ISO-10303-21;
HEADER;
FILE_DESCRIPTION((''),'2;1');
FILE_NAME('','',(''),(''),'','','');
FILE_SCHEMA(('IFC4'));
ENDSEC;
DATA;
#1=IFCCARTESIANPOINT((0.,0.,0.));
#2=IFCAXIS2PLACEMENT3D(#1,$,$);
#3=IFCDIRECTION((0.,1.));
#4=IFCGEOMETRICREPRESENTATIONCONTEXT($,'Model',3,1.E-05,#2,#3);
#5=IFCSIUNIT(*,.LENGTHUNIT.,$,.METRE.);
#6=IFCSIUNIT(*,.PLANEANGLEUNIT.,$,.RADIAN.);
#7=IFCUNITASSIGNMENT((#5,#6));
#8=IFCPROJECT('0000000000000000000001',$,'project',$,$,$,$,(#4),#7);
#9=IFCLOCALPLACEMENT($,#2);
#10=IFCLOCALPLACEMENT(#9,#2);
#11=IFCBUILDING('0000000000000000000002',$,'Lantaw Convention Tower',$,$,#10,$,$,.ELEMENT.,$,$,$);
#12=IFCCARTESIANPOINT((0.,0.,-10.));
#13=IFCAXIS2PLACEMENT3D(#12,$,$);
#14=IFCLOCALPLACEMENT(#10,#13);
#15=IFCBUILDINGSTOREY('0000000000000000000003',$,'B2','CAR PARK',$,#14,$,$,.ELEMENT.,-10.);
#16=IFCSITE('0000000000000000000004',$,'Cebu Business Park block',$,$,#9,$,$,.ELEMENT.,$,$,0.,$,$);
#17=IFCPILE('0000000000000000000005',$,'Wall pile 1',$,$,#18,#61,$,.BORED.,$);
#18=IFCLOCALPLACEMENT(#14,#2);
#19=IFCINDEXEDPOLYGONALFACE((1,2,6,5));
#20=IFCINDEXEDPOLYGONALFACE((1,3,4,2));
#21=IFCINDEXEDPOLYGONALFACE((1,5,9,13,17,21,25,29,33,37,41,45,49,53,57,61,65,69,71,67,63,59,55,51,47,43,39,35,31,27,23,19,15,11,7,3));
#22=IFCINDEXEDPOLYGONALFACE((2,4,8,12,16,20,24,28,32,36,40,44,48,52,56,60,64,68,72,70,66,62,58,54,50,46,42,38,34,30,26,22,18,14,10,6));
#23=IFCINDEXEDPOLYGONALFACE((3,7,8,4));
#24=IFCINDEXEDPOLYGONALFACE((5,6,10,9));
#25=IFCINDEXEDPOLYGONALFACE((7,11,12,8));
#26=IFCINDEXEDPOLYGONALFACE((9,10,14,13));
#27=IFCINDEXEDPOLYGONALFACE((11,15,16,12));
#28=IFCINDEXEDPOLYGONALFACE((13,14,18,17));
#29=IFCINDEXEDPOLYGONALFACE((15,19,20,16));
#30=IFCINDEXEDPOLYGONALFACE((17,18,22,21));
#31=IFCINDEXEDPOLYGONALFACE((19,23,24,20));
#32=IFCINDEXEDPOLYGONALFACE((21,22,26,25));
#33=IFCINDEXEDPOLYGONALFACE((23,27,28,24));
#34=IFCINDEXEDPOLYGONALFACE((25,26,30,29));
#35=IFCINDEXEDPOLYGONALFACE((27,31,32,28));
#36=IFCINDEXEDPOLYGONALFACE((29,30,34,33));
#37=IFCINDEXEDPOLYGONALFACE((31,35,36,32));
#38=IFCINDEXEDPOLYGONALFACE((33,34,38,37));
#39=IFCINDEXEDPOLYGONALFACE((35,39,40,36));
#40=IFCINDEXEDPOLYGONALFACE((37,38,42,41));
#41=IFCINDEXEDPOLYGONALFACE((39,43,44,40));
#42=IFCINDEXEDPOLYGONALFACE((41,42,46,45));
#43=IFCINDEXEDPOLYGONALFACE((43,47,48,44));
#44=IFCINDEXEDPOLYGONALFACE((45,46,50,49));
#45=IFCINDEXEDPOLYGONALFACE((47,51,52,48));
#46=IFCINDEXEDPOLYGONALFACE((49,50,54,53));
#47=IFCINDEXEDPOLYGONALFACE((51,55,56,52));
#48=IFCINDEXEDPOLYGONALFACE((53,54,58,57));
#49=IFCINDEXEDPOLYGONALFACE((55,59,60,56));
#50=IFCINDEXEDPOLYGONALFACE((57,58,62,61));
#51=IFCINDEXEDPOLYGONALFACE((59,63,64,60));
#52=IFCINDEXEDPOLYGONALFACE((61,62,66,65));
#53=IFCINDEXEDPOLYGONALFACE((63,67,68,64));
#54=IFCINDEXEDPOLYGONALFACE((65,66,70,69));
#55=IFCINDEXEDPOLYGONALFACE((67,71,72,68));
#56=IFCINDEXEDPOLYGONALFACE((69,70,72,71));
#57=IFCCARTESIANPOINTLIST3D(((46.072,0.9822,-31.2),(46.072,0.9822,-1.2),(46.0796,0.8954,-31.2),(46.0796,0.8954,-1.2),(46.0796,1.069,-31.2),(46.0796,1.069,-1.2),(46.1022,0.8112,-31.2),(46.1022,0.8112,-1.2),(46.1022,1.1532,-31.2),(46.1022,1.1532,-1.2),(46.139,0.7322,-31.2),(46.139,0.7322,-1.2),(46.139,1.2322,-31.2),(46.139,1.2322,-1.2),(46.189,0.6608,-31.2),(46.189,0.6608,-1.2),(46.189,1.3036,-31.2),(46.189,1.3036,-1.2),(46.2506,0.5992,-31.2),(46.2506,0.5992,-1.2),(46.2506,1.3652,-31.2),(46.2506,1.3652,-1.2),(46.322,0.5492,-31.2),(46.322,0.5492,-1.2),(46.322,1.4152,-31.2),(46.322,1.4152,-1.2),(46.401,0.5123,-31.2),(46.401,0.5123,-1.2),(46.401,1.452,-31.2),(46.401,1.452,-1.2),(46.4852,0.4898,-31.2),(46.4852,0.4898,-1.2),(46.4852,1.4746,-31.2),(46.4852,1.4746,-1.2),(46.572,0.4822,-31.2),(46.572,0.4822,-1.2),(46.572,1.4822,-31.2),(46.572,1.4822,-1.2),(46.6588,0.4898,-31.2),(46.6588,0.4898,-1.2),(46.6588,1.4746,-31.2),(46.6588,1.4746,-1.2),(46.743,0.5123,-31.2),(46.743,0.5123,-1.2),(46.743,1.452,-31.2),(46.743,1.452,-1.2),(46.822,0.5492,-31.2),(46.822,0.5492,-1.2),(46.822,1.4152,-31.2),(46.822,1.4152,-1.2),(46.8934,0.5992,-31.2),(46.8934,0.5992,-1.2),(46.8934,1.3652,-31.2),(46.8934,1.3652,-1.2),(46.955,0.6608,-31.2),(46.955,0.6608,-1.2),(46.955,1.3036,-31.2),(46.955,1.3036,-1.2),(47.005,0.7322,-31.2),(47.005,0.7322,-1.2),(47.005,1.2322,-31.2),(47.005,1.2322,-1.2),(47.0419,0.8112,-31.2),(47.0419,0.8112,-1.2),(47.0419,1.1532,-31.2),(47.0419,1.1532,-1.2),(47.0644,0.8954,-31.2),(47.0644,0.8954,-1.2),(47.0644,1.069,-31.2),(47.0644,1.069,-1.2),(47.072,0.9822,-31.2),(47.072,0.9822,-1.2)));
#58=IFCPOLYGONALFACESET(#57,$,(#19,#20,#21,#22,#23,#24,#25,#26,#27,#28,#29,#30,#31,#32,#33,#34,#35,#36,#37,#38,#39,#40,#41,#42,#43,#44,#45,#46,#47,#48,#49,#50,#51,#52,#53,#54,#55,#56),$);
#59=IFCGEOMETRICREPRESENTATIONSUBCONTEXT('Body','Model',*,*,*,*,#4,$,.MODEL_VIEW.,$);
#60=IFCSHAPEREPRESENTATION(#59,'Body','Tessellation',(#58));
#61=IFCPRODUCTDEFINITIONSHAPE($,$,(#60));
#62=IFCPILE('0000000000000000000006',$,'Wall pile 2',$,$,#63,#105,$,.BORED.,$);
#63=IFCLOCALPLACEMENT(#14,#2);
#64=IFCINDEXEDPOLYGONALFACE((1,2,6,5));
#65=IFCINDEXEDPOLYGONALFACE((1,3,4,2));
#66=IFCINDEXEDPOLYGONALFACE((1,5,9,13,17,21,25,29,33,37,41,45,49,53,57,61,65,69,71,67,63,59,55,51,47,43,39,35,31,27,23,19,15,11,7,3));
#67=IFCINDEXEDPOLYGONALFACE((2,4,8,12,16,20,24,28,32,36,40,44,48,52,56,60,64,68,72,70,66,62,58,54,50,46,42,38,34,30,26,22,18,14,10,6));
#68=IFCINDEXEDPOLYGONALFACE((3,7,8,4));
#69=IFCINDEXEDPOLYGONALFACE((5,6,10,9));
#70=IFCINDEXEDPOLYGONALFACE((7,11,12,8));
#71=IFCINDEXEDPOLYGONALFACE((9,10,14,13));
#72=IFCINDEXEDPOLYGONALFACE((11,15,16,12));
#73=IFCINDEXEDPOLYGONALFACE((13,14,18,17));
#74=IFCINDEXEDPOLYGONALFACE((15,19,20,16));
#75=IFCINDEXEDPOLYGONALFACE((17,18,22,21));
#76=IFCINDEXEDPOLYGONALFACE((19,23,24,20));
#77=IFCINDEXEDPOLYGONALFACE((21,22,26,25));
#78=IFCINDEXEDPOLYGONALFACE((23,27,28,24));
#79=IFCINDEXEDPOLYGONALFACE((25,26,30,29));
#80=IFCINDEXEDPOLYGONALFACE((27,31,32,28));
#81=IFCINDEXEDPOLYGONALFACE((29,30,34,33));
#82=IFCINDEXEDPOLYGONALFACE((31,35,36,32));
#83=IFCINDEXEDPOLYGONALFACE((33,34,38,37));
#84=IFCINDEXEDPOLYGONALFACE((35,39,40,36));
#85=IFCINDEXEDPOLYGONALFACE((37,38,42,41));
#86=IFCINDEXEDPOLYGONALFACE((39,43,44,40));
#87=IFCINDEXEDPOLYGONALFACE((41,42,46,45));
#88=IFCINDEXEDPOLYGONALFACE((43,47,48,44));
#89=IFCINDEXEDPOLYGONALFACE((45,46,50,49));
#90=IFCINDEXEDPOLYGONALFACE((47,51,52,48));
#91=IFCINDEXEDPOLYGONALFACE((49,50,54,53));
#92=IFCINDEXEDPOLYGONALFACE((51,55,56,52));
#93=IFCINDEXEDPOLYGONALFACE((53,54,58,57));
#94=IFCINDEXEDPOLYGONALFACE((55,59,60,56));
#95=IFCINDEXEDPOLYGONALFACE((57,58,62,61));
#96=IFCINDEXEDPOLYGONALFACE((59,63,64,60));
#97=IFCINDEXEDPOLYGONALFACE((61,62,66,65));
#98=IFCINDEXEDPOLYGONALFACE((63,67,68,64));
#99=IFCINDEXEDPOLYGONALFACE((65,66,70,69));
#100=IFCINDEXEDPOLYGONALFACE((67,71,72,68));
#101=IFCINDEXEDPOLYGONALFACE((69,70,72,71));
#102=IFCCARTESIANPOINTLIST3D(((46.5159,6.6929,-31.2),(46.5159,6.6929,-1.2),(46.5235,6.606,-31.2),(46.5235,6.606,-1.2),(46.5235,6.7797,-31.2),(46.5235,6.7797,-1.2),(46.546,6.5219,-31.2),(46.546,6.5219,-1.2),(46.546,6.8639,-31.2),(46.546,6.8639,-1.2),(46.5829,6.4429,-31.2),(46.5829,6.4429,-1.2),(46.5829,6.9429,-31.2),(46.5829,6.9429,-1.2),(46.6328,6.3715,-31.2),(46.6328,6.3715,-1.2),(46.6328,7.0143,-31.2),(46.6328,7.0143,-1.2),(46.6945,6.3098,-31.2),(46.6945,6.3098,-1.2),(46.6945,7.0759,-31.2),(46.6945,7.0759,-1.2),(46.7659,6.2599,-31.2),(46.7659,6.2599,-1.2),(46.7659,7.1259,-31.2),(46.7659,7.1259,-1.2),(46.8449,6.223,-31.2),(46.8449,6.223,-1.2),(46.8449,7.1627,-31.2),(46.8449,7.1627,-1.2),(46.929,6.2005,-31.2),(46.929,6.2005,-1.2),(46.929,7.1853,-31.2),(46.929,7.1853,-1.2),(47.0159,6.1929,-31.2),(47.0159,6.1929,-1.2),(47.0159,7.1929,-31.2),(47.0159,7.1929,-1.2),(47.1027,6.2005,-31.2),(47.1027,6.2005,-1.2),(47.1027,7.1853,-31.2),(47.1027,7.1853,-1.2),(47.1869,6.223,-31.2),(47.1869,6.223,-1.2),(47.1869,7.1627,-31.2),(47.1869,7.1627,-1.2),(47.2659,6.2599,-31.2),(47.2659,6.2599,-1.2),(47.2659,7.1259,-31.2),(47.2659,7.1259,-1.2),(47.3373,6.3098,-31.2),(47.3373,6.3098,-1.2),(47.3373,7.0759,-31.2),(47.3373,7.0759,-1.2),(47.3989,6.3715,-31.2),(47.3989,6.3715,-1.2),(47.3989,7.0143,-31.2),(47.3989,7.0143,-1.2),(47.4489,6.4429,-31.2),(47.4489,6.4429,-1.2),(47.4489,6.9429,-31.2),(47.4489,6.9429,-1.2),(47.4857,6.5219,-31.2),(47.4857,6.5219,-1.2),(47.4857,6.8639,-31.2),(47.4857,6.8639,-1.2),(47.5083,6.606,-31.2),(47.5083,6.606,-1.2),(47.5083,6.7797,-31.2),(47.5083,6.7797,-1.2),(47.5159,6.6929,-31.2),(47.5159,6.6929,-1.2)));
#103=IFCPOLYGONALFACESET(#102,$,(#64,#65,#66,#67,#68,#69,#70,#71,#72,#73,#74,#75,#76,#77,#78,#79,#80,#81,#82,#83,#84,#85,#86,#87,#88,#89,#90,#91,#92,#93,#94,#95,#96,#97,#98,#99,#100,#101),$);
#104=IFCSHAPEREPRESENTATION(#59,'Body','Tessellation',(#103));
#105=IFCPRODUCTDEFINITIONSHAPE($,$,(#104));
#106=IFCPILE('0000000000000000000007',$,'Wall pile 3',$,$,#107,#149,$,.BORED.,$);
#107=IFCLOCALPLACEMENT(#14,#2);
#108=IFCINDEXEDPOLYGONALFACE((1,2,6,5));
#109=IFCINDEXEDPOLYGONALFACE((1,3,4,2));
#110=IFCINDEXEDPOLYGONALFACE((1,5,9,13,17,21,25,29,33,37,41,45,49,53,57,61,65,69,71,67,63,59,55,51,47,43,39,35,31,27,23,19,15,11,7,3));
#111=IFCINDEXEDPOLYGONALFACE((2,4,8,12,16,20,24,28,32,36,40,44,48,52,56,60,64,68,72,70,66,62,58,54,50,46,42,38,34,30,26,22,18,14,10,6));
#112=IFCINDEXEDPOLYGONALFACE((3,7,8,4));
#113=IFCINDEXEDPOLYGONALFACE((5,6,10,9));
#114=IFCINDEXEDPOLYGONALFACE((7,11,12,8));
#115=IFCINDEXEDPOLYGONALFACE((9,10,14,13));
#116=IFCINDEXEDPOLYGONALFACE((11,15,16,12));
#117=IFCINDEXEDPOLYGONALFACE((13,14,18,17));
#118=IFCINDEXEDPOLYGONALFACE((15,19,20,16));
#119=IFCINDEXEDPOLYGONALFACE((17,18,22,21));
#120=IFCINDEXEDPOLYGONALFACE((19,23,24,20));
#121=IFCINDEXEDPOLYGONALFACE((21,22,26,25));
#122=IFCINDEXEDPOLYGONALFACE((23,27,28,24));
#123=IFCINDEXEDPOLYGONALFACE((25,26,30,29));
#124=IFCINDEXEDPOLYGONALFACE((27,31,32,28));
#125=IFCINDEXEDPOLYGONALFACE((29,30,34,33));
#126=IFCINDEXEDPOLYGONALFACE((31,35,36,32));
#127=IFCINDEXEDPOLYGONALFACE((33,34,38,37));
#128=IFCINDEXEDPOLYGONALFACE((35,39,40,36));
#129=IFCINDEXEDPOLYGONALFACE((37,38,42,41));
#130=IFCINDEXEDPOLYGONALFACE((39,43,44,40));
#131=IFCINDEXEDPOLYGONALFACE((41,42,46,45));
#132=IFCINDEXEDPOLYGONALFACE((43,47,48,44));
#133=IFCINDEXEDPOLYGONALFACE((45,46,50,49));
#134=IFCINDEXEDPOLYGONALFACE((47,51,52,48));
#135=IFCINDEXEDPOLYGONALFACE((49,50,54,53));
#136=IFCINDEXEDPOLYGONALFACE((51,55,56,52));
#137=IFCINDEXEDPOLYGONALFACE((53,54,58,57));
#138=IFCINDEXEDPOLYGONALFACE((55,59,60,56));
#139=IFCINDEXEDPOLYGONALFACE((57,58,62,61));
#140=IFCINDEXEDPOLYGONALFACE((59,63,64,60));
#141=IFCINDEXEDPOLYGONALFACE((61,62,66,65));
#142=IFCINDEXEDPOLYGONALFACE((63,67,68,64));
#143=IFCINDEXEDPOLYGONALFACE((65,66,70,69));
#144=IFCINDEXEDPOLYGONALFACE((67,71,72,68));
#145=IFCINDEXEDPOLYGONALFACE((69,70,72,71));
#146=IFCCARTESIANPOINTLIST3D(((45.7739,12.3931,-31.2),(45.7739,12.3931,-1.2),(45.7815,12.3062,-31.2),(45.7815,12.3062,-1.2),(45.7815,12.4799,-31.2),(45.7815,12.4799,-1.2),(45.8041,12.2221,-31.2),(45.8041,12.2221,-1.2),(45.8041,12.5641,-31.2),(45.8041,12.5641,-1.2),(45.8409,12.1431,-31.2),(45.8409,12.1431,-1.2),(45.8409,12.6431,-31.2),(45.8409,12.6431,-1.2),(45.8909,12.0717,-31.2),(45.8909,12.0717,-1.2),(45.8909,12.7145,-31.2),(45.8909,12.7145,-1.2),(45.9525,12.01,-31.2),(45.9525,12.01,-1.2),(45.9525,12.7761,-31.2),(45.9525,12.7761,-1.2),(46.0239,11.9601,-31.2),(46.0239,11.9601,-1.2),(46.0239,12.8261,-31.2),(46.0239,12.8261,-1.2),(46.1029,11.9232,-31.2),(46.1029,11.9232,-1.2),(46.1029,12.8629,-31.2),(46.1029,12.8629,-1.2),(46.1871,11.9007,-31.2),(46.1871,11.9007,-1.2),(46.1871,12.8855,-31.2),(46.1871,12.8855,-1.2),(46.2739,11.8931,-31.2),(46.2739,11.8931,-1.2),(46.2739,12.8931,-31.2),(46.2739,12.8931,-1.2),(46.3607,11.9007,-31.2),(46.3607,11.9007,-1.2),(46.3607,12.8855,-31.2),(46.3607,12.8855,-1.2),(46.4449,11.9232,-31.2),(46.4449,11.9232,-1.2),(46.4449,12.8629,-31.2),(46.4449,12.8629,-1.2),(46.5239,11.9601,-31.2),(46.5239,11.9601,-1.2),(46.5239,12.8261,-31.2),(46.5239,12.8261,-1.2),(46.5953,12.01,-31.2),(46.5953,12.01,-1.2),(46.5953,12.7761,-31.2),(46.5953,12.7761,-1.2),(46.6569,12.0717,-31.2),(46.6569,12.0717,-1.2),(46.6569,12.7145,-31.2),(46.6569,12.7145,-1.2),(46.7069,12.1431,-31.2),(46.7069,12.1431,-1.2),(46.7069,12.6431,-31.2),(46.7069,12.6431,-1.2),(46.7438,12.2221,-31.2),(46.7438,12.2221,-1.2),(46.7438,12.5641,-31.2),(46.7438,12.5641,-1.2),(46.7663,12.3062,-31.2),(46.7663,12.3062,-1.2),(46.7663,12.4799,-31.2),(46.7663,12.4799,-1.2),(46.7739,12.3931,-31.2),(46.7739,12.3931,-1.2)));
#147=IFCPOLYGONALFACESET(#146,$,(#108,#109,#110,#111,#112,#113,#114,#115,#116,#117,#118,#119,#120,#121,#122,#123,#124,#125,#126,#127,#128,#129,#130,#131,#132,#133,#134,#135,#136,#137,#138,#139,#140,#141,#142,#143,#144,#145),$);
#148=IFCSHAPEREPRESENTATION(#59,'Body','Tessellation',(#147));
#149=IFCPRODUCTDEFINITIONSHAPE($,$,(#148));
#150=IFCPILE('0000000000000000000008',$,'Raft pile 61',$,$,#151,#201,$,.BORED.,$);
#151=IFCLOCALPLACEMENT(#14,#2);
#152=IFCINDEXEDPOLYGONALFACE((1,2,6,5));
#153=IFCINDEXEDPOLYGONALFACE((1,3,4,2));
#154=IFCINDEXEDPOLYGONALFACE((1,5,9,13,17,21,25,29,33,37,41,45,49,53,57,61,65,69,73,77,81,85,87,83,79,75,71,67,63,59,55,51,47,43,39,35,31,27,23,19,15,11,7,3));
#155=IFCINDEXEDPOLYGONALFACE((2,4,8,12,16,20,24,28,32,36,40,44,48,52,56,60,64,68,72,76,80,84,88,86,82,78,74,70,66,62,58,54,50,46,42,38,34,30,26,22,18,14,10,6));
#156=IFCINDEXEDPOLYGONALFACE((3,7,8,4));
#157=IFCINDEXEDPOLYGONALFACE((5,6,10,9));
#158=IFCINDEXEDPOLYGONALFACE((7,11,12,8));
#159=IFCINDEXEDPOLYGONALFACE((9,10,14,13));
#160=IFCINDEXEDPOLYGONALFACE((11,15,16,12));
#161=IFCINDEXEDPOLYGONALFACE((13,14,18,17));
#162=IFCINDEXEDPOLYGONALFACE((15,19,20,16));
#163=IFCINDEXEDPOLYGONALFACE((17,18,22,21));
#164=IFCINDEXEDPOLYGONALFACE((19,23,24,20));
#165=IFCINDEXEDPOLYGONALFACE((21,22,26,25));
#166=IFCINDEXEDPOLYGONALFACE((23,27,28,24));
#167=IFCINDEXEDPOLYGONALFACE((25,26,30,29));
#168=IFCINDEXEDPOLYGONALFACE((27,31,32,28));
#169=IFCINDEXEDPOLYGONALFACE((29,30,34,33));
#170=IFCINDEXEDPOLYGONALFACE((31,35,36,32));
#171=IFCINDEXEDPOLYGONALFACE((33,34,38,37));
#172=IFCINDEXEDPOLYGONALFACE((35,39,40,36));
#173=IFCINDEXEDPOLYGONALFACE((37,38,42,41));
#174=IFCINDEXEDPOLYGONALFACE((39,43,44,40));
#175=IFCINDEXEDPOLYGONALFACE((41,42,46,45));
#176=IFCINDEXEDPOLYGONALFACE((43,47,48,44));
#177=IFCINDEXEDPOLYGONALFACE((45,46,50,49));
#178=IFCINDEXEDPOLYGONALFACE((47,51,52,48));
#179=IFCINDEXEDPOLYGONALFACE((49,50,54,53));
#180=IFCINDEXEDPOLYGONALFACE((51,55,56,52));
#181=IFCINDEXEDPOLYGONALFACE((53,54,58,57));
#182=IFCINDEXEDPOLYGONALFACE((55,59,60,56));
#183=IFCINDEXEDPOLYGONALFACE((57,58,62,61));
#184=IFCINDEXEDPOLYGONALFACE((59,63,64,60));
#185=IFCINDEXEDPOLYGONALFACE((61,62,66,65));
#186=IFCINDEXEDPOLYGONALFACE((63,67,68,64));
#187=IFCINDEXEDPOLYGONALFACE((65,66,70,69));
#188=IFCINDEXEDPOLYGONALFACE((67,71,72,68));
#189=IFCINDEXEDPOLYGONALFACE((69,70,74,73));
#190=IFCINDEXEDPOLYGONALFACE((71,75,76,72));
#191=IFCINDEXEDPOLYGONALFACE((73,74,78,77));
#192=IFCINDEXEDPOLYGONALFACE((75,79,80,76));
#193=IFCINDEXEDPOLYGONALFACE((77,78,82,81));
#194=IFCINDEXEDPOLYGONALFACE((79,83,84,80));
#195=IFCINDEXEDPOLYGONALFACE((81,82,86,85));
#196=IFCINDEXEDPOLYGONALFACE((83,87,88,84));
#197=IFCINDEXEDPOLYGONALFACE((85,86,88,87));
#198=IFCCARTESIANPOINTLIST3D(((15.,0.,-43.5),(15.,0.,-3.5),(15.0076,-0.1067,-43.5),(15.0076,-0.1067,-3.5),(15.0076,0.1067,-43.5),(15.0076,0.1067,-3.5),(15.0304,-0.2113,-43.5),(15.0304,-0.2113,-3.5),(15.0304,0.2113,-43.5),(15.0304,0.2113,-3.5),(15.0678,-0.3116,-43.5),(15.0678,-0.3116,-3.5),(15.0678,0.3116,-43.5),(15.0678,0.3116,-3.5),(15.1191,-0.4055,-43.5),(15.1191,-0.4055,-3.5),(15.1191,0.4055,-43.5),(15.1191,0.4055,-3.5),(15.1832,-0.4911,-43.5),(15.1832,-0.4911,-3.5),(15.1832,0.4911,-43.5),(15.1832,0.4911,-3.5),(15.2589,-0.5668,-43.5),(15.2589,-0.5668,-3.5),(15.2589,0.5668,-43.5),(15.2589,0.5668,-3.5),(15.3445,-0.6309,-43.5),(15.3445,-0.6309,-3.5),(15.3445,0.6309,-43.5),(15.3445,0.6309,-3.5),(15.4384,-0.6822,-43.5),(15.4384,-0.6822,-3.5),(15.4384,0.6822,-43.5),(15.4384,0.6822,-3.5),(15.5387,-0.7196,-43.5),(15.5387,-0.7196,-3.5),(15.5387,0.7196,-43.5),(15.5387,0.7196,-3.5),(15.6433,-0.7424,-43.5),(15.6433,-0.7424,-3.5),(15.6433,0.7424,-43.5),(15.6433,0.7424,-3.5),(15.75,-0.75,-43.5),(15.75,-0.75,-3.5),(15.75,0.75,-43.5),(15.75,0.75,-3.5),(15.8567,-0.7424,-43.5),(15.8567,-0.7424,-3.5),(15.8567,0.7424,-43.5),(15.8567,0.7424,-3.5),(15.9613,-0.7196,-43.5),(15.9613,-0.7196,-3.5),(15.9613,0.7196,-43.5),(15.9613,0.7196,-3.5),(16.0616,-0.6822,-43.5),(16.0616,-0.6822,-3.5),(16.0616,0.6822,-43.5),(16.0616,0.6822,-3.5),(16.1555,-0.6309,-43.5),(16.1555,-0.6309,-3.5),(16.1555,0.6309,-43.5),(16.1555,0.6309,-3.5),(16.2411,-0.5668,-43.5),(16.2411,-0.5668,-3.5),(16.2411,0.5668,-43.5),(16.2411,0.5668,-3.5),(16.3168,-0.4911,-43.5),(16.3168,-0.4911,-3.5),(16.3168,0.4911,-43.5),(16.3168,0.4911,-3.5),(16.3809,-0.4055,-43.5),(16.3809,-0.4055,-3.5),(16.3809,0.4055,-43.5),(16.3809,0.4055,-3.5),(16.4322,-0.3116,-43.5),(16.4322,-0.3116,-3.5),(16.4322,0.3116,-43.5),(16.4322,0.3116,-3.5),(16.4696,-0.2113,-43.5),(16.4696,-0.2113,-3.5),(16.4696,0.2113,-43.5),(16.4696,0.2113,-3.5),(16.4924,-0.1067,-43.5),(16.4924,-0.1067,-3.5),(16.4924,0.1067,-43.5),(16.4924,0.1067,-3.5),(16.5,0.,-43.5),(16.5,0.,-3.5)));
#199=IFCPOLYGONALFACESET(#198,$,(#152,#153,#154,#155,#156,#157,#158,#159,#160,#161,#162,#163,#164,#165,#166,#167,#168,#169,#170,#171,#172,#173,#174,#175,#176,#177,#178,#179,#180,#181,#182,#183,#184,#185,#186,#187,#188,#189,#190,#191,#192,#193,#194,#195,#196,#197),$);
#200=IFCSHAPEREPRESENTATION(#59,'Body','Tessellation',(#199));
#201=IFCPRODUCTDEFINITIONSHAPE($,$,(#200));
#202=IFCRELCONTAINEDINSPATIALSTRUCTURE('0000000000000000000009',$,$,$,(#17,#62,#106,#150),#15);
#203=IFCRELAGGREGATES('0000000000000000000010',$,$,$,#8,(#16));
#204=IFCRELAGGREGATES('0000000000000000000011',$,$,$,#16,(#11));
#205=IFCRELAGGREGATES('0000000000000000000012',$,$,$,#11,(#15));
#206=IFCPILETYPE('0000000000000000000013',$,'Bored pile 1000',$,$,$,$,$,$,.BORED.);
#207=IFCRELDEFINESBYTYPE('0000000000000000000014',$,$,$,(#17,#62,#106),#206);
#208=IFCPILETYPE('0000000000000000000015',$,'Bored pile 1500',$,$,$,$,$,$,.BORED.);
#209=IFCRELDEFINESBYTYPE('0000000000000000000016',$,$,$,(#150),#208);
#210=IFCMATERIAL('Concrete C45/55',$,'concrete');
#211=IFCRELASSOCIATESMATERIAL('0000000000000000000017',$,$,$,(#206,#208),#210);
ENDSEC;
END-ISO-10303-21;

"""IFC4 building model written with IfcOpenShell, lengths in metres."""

from ifc_helpers import new_model, si_unit, direction, frame, origin, origin_2d, place, context, subcontext, project, spatial, circle, extrude, material, material_profile, profile_set, type_object, element, save


model = new_model("IFC4")

# Units and contexts
model_context = context("Model", 3, precision=1e-05, world=origin(), true_north=direction((0.0, 1.0)))
body_context = subcontext(model_context, "Body", "Model", "MODEL_VIEW")
ifc_project = project(units=[si_unit("LENGTHUNIT", "METRE"), si_unit("PLANEANGLEUNIT", "RADIAN")], contexts=[model_context])

# Site, building, storey
site_placement = place(None, origin())
site = spatial("IfcSite", under=ifc_project, at=site_placement, Name="Cebu Business Park block", CompositionType="ELEMENT", RefElevation=0.0)
building_placement = place(site_placement, origin())
building = spatial("IfcBuilding", under=site, at=building_placement, Name="Lantaw Convention Tower", CompositionType="ELEMENT")
storey_placement = place(building_placement, frame((0.0, 0.0, -10.0)))
storey = spatial("IfcBuildingStorey", under=building, at=storey_placement, Name="B2", Description="CAR PARK", CompositionType="ELEMENT", Elevation=-10.0)

# Piles
ifc_material_1 = material(Name="Concrete C45/55", Category="concrete")
ifc_material_profile_1 = material_profile(ifc_material_1, circle(Radius=0.5, at=origin_2d()), Name="Bored pile 1000")
ifc_profile_set_1 = profile_set([ifc_material_profile_1], Name="Concrete C45/55")
pile_type_1 = type_object("IfcPileType", Name="Bored pile 1000", PredefinedType="BORED", material=ifc_profile_set_1)
for number, where, z_axis, x_axis, name in (
    (1, (46.572, 0.9822, -1.2), (0.0, 0.0, -1.0), (1.0, 0.0, 0.0), "Wall pile 1"),
    (2, (47.0159, 6.6929, -1.2), (0.0, 0.0, -1.0), (1.0, 0.0, 0.0), "Wall pile 2"),
    (3, (46.2739, 12.3931, -1.2), (0.0, 0.0, -1.0), (1.0, 0.0, 0.0), "Wall pile 3"),
):
    element("IfcPile", number, at=place(storey_placement, frame(where, z_axis=z_axis, x_axis=x_axis)), inside=storey, type_object=pile_type_1, Name=name, PredefinedType="BORED", context=body_context, shape_type="SweptSolid", body=[
        extrude(circle(Radius=0.5, at=origin_2d()), origin(), (0.0, 0.0, 1.0), 30.0),
    ])
ifc_material_profile_2 = material_profile(ifc_material_1, circle(Radius=0.75, at=origin_2d()), Name="Bored pile 1500")
ifc_profile_set_2 = profile_set([ifc_material_profile_2], Name="Concrete C45/55")
pile_type_2 = type_object("IfcPileType", Name="Bored pile 1500", PredefinedType="BORED", material=ifc_profile_set_2)
for number, where, z_axis, x_axis, name in (
    (4, (15.75, 0.0, -3.5), (0.0, 0.0, -1.0), (1.0, 0.0, 0.0), "Raft pile 61"),
):
    element("IfcPile", number, at=place(storey_placement, frame(where, z_axis=z_axis, x_axis=x_axis)), inside=storey, type_object=pile_type_2, Name=name, PredefinedType="BORED", context=body_context, shape_type="SweptSolid", body=[
        extrude(circle(Radius=0.75, at=origin_2d()), origin(), (0.0, 0.0, 1.0), 40.0),
    ])

save(model, "model.ifc")
